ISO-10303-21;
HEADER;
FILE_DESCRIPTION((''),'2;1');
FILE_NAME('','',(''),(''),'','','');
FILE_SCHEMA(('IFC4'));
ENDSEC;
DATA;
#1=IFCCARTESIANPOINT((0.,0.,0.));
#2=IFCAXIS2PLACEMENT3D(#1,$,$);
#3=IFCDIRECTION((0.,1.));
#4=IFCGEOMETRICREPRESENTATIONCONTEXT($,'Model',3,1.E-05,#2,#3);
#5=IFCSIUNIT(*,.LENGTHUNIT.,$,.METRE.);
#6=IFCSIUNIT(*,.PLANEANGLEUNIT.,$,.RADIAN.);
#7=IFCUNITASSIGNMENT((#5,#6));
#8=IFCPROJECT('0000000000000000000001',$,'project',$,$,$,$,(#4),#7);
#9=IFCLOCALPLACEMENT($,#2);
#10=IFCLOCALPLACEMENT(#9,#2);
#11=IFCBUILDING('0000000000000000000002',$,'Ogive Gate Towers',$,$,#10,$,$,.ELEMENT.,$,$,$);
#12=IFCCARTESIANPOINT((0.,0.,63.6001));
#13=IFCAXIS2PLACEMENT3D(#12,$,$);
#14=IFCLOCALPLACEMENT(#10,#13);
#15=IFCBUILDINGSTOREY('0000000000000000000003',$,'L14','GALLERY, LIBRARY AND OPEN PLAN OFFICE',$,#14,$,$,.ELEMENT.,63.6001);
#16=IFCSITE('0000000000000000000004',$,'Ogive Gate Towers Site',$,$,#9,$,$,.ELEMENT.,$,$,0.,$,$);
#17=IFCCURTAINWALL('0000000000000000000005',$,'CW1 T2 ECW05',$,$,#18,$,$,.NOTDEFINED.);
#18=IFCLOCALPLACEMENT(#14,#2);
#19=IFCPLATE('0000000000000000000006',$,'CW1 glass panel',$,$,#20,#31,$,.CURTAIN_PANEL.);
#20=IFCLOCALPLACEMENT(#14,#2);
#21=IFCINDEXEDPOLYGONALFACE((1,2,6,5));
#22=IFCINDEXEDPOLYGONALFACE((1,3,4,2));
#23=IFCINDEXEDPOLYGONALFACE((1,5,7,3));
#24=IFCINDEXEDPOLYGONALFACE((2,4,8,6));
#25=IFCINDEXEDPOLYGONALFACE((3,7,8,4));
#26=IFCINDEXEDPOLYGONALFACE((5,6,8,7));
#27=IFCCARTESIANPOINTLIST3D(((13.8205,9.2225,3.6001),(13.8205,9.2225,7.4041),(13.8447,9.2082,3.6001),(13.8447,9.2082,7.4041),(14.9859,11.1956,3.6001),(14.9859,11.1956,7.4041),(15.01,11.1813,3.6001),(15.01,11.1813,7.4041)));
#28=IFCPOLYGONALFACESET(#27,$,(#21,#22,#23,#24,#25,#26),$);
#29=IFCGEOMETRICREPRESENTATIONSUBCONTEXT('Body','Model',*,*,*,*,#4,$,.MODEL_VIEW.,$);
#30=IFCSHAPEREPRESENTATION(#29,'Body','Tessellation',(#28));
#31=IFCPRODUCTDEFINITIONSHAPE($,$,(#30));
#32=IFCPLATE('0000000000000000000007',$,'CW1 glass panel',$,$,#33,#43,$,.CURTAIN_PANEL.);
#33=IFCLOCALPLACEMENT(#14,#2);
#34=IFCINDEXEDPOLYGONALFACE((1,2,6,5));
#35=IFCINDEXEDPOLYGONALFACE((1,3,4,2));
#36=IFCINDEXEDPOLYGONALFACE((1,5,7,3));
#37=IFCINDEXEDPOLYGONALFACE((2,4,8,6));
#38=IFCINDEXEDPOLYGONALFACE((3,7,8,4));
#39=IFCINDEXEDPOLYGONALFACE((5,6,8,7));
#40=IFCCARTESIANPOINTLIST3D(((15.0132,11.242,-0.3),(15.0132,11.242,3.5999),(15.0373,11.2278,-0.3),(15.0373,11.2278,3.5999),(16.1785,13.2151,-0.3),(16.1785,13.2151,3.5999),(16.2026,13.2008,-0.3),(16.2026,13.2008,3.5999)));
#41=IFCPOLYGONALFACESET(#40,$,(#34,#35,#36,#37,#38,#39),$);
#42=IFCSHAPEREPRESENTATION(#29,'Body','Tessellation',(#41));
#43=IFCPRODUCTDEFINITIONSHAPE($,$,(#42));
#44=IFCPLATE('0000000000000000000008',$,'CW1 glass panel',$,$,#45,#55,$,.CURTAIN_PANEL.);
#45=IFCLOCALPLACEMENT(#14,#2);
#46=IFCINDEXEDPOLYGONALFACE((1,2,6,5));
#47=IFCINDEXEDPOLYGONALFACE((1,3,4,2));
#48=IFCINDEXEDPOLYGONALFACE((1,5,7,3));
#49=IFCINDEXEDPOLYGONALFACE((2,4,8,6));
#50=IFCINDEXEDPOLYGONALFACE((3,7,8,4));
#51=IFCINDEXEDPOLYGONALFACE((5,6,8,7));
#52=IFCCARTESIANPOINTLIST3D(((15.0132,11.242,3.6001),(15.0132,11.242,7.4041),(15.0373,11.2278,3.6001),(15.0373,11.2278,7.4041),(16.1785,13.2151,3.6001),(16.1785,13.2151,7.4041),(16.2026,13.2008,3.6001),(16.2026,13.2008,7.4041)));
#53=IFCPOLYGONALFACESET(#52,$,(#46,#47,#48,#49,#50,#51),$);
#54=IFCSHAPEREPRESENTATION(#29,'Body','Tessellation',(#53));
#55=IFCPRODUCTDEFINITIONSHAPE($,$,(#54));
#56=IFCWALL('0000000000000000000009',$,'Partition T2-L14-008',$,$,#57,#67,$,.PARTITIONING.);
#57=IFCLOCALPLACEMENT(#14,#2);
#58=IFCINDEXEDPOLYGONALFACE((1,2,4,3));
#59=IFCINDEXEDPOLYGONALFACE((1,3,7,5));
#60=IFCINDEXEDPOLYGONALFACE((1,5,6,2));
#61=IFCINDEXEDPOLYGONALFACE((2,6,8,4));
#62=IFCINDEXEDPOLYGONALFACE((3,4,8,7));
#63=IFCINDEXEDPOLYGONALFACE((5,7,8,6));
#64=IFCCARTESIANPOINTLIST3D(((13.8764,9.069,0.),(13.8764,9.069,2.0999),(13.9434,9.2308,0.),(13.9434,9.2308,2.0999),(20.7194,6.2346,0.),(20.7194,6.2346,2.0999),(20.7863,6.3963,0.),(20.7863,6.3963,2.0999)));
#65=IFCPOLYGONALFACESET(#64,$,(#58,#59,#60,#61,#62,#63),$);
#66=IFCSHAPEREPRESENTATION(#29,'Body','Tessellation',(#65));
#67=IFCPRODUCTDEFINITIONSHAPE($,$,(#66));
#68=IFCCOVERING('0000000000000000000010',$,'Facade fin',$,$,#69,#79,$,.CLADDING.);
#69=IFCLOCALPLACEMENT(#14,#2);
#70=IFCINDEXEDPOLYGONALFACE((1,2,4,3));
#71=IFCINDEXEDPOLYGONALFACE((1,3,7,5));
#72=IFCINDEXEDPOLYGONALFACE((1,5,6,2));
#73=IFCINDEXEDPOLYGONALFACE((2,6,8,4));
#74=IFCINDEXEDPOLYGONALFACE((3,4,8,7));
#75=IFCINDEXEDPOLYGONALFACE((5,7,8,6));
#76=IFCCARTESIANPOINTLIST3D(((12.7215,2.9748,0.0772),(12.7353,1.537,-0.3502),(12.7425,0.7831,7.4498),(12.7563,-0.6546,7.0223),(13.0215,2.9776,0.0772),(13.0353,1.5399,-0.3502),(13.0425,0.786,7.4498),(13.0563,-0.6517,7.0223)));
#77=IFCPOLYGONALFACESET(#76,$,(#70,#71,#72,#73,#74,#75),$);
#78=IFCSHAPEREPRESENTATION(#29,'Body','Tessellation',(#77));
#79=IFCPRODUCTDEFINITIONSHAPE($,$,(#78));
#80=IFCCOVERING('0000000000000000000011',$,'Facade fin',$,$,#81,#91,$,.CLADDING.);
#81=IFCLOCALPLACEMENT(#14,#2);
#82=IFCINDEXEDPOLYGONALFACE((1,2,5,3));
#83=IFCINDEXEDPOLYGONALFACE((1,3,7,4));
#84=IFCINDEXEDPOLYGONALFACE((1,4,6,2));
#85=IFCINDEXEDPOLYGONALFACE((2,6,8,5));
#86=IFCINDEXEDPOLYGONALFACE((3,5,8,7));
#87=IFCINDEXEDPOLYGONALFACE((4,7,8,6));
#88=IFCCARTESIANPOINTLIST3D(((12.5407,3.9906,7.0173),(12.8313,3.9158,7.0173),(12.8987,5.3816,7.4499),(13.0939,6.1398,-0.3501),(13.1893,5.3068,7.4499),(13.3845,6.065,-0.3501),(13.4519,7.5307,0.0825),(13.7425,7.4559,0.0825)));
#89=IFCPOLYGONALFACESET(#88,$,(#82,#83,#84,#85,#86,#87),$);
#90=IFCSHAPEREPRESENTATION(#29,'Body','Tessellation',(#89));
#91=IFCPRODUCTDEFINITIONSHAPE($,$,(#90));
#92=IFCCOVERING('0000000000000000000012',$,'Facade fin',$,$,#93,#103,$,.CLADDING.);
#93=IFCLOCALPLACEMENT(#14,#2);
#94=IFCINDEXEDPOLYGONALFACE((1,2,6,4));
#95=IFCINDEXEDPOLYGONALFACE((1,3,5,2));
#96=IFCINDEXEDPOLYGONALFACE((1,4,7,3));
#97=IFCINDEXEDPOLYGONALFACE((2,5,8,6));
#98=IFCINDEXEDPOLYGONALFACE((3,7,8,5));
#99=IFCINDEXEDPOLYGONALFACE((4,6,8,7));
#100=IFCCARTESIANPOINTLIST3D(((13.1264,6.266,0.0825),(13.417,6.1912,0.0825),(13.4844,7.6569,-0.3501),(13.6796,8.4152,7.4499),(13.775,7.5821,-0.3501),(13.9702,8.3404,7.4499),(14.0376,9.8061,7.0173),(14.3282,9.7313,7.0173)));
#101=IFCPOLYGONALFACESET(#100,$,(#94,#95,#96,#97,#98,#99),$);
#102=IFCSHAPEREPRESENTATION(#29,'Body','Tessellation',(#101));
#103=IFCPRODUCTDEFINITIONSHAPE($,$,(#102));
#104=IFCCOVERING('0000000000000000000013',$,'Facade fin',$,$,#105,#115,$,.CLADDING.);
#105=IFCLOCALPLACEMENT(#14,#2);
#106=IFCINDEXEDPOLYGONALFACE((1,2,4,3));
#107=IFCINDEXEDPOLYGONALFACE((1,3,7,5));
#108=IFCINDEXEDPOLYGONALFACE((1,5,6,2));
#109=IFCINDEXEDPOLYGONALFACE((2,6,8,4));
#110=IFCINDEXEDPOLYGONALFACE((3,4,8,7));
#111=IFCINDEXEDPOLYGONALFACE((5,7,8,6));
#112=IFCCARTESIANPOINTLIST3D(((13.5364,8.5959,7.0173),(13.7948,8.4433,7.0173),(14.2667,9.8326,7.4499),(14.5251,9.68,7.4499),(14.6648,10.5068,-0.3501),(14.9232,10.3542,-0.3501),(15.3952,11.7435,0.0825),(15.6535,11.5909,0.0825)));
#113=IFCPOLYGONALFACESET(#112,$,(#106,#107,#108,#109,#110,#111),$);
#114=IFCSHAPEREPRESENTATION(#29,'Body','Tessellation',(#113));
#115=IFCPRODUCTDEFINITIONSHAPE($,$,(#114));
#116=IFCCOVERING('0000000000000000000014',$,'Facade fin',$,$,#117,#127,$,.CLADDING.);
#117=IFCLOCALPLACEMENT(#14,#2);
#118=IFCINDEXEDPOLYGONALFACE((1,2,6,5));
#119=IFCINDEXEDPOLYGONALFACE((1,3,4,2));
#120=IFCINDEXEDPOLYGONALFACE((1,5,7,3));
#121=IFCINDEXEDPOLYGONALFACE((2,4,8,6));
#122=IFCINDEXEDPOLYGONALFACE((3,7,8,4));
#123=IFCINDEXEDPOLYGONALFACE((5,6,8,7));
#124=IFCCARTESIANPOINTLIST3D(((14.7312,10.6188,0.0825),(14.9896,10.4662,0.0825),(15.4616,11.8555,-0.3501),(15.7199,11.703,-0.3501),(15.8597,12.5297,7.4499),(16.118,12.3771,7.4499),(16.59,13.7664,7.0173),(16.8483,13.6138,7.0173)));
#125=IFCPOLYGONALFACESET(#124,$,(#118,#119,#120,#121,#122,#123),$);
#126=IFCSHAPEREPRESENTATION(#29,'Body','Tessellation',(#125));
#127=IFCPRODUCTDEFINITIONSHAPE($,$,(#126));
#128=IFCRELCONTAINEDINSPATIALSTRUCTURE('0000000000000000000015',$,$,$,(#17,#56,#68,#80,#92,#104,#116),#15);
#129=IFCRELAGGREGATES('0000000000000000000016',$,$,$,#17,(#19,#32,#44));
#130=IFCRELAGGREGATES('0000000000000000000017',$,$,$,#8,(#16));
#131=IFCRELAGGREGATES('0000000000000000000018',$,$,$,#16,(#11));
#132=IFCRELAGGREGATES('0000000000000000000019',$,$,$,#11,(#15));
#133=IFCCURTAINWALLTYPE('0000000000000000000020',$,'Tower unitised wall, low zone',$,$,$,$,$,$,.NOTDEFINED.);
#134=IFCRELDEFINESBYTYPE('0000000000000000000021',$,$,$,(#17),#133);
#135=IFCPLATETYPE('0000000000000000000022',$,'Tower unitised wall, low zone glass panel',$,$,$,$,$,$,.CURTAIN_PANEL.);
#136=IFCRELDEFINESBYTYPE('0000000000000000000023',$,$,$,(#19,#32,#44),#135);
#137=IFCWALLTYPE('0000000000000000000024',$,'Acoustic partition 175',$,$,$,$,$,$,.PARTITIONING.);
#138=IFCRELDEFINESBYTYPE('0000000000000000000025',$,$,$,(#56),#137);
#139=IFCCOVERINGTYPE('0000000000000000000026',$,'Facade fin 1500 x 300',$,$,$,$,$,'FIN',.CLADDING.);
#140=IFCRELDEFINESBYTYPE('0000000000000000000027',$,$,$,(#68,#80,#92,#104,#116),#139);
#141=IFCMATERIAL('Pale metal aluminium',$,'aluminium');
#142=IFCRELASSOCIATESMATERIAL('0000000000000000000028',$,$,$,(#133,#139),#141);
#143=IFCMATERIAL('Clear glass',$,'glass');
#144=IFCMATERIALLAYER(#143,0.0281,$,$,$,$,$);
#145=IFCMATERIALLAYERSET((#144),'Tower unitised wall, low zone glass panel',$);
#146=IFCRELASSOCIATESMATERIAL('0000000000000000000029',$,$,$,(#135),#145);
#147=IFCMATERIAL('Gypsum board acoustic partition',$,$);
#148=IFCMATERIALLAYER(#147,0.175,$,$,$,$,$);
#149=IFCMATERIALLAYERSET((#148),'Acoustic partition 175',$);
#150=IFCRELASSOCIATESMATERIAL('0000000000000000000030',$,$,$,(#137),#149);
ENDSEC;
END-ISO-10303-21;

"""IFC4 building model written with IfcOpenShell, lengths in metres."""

from ifc_helpers import new_model, si_unit, direction, frame, frame_2d, origin, origin_2d, place, context, subcontext, project, spatial, rectangle, extrude, material, layer, layer_set, material_profile, profile_set, type_object, element, aggregate, save


model = new_model("IFC4")

# Units and contexts
model_context = context("Model", 3, precision=1e-05, world=origin(), true_north=direction((0.0, 1.0)))
body_context = subcontext(model_context, "Body", "Model", "MODEL_VIEW")
ifc_project = project(units=[si_unit("LENGTHUNIT", "METRE"), si_unit("PLANEANGLEUNIT", "RADIAN")], contexts=[model_context])

# Site, building, storey
site_placement = place(None, origin())
site = spatial("IfcSite", under=ifc_project, at=site_placement, Name="Ogive Gate Towers Site", CompositionType="ELEMENT", RefElevation=0.0)
building_placement = place(site_placement, origin())
building = spatial("IfcBuilding", under=site, at=building_placement, Name="Ogive Gate Towers", CompositionType="ELEMENT")
storey_placement = place(building_placement, frame((0.0, 0.0, 63.6001)))
storey = spatial("IfcBuildingStorey", under=building, at=storey_placement, Name="L14", Description="GALLERY, LIBRARY AND OPEN PLAN OFFICE", CompositionType="ELEMENT", Elevation=63.6001)

# Curtain wall, plates
ifc_material_1 = material(Name="Pale metal aluminium", Category="aluminium")
curtain_wall_type = type_object("IfcCurtainWallType", Name="Tower unitised wall, low zone", PredefinedType="NOTDEFINED", material=ifc_material_1)
curtain_wall_placement = place(storey_placement, origin())
curtain_wall = element("IfcCurtainWall", 1, at=curtain_wall_placement, inside=storey, type_object=curtain_wall_type, Name="CW1 T2 ECW05", PredefinedType="NOTDEFINED")
ifc_material_2 = material(Name="Clear glass", Category="glass")
ifc_layer_1 = layer(ifc_material_2, 0.0281)
ifc_layer_set_1 = layer_set([ifc_layer_1], Name="Tower unitised wall, low zone glass panel")
plate_type = type_object("IfcPlateType", Name="Tower unitised wall, low zone glass panel", PredefinedType="CURTAIN_PANEL", material=ifc_layer_set_1)
plate_1_placement = place(storey_placement, frame((14.4153, 10.2019, 3.6001), z_axis=(0.0, 0.0, 1.0), x_axis=(0.508546, 0.861035, 0.0)))
plate_1 = element("IfcPlate", 2, at=plate_1_placement, type_object=plate_type, Name="CW1 glass panel", PredefinedType="CURTAIN_PANEL", context=body_context, shape_type="SweptSolid", body=[
    extrude(rectangle(XDim=2.2915, YDim=0.0281, at=origin_2d()), origin(), (0.0, 0.0, 1.0), 3.804),
])
plate_2_placement = place(storey_placement, frame((15.6079, 12.2214, -0.3), z_axis=(0.0, 0.0, 1.0), x_axis=(0.508531, 0.861044, 0.0)))
plate_2 = element("IfcPlate", 3, at=plate_2_placement, type_object=plate_type, Name="CW1 glass panel", PredefinedType="CURTAIN_PANEL", context=body_context, shape_type="SweptSolid", body=[
    extrude(rectangle(XDim=2.2915, YDim=0.0281, at=origin_2d()), origin(), (0.0, 0.0, 1.0), 3.8999),
])
plate_3_placement = place(storey_placement, frame((15.6079, 12.2214, 3.6001), z_axis=(0.0, 0.0, 1.0), x_axis=(0.508531, 0.861044, 0.0)))
plate_3 = element("IfcPlate", 4, at=plate_3_placement, type_object=plate_type, Name="CW1 glass panel", PredefinedType="CURTAIN_PANEL", context=body_context, shape_type="SweptSolid", body=[
    extrude(rectangle(XDim=2.2915, YDim=0.0281, at=origin_2d()), origin(), (0.0, 0.0, 1.0), 3.804),
])
aggregate(curtain_wall, [plate_1, plate_2, plate_3])

# Wall
ifc_material_3 = material(Name="Gypsum board acoustic partition")
ifc_layer_2 = layer(ifc_material_3, 0.175)
ifc_layer_set_2 = layer_set([ifc_layer_2], Name="Acoustic partition 175")
wall_type = type_object("IfcWallType", Name="Acoustic partition 175", PredefinedType="PARTITIONING", material=ifc_layer_set_2)
wall_placement = place(storey_placement, frame((13.9099, 9.1499, 0.0), z_axis=(0.0, 0.0, 1.0), x_axis=(0.923879, -0.382684, 0.0)))
element("IfcWall", 5, at=wall_placement, inside=storey, type_object=wall_type, Name="Partition T2-L14-008", PredefinedType="PARTITIONING", context=body_context, shape_type="SweptSolid", body=[
    extrude(rectangle(XDim=7.4067, YDim=0.175, at=frame_2d((3.7034, 0.0))), origin(), (0.0, 0.0, 1.0), 2.0999),
])

# Coverings
ifc_material_profile_1 = material_profile(ifc_material_1, rectangle(XDim=0.3, YDim=1.5, at=origin_2d()), Name="1500 x 300 pale metal aluminium")
ifc_profile_set_1 = profile_set([ifc_material_profile_1], Name="Pale metal aluminium")
covering_type = type_object("IfcCoveringType", Name="Facade fin 1500 x 300", ElementType="FIN", PredefinedType="CLADDING", material=ifc_profile_set_1)
covering_placement = place(storey_placement, frame((12.8784, 2.2573, -0.1365), z_axis=(0.00273, -0.284946, 0.95854), x_axis=(0.999954, 0.00958, 0.0)))
element("IfcCovering", 6, at=covering_placement, inside=storey, type_object=covering_type, Name="Facade fin", PredefinedType="CLADDING", context=body_context, shape_type="SweptSolid", body=[
    extrude(rectangle(XDim=0.3, YDim=1.5, at=origin_2d()), origin(), (0.0, 0.0, 1.0), 7.6914),
])
for number, where, z_axis, x_axis, name in (
    (7, (13.4182, 6.7979, -0.1338), (-0.071899, -0.279316, 0.957504), (0.96843, -0.249286, 0.0), "Facade fin"),
    (8, (13.4507, 6.9241, -0.1338), (0.071899, 0.279316, 0.957504), (-0.96843, 0.249286, 0.0), "Facade fin"),
    (9, (15.1592, 11.0488, -0.1338), (-0.146654, -0.248348, 0.957505), (0.861073, -0.508481, 0.0), "Facade fin"),
    (10, (15.2256, 11.1609, -0.1338), (0.146654, 0.248348, 0.957505), (-0.861073, 0.508481, 0.0), "Facade fin"),
):
    element("IfcCovering", number, at=place(storey_placement, frame(where, z_axis=z_axis, x_axis=x_axis)), inside=storey, type_object=covering_type, Name=name, PredefinedType="CLADDING", context=body_context, shape_type="SweptSolid", body=[
        extrude(rectangle(XDim=0.3, YDim=1.5, at=origin_2d()), origin(), (0.0, 0.0, 1.0), 7.6943),
    ])

save(model, "model.ifc")
